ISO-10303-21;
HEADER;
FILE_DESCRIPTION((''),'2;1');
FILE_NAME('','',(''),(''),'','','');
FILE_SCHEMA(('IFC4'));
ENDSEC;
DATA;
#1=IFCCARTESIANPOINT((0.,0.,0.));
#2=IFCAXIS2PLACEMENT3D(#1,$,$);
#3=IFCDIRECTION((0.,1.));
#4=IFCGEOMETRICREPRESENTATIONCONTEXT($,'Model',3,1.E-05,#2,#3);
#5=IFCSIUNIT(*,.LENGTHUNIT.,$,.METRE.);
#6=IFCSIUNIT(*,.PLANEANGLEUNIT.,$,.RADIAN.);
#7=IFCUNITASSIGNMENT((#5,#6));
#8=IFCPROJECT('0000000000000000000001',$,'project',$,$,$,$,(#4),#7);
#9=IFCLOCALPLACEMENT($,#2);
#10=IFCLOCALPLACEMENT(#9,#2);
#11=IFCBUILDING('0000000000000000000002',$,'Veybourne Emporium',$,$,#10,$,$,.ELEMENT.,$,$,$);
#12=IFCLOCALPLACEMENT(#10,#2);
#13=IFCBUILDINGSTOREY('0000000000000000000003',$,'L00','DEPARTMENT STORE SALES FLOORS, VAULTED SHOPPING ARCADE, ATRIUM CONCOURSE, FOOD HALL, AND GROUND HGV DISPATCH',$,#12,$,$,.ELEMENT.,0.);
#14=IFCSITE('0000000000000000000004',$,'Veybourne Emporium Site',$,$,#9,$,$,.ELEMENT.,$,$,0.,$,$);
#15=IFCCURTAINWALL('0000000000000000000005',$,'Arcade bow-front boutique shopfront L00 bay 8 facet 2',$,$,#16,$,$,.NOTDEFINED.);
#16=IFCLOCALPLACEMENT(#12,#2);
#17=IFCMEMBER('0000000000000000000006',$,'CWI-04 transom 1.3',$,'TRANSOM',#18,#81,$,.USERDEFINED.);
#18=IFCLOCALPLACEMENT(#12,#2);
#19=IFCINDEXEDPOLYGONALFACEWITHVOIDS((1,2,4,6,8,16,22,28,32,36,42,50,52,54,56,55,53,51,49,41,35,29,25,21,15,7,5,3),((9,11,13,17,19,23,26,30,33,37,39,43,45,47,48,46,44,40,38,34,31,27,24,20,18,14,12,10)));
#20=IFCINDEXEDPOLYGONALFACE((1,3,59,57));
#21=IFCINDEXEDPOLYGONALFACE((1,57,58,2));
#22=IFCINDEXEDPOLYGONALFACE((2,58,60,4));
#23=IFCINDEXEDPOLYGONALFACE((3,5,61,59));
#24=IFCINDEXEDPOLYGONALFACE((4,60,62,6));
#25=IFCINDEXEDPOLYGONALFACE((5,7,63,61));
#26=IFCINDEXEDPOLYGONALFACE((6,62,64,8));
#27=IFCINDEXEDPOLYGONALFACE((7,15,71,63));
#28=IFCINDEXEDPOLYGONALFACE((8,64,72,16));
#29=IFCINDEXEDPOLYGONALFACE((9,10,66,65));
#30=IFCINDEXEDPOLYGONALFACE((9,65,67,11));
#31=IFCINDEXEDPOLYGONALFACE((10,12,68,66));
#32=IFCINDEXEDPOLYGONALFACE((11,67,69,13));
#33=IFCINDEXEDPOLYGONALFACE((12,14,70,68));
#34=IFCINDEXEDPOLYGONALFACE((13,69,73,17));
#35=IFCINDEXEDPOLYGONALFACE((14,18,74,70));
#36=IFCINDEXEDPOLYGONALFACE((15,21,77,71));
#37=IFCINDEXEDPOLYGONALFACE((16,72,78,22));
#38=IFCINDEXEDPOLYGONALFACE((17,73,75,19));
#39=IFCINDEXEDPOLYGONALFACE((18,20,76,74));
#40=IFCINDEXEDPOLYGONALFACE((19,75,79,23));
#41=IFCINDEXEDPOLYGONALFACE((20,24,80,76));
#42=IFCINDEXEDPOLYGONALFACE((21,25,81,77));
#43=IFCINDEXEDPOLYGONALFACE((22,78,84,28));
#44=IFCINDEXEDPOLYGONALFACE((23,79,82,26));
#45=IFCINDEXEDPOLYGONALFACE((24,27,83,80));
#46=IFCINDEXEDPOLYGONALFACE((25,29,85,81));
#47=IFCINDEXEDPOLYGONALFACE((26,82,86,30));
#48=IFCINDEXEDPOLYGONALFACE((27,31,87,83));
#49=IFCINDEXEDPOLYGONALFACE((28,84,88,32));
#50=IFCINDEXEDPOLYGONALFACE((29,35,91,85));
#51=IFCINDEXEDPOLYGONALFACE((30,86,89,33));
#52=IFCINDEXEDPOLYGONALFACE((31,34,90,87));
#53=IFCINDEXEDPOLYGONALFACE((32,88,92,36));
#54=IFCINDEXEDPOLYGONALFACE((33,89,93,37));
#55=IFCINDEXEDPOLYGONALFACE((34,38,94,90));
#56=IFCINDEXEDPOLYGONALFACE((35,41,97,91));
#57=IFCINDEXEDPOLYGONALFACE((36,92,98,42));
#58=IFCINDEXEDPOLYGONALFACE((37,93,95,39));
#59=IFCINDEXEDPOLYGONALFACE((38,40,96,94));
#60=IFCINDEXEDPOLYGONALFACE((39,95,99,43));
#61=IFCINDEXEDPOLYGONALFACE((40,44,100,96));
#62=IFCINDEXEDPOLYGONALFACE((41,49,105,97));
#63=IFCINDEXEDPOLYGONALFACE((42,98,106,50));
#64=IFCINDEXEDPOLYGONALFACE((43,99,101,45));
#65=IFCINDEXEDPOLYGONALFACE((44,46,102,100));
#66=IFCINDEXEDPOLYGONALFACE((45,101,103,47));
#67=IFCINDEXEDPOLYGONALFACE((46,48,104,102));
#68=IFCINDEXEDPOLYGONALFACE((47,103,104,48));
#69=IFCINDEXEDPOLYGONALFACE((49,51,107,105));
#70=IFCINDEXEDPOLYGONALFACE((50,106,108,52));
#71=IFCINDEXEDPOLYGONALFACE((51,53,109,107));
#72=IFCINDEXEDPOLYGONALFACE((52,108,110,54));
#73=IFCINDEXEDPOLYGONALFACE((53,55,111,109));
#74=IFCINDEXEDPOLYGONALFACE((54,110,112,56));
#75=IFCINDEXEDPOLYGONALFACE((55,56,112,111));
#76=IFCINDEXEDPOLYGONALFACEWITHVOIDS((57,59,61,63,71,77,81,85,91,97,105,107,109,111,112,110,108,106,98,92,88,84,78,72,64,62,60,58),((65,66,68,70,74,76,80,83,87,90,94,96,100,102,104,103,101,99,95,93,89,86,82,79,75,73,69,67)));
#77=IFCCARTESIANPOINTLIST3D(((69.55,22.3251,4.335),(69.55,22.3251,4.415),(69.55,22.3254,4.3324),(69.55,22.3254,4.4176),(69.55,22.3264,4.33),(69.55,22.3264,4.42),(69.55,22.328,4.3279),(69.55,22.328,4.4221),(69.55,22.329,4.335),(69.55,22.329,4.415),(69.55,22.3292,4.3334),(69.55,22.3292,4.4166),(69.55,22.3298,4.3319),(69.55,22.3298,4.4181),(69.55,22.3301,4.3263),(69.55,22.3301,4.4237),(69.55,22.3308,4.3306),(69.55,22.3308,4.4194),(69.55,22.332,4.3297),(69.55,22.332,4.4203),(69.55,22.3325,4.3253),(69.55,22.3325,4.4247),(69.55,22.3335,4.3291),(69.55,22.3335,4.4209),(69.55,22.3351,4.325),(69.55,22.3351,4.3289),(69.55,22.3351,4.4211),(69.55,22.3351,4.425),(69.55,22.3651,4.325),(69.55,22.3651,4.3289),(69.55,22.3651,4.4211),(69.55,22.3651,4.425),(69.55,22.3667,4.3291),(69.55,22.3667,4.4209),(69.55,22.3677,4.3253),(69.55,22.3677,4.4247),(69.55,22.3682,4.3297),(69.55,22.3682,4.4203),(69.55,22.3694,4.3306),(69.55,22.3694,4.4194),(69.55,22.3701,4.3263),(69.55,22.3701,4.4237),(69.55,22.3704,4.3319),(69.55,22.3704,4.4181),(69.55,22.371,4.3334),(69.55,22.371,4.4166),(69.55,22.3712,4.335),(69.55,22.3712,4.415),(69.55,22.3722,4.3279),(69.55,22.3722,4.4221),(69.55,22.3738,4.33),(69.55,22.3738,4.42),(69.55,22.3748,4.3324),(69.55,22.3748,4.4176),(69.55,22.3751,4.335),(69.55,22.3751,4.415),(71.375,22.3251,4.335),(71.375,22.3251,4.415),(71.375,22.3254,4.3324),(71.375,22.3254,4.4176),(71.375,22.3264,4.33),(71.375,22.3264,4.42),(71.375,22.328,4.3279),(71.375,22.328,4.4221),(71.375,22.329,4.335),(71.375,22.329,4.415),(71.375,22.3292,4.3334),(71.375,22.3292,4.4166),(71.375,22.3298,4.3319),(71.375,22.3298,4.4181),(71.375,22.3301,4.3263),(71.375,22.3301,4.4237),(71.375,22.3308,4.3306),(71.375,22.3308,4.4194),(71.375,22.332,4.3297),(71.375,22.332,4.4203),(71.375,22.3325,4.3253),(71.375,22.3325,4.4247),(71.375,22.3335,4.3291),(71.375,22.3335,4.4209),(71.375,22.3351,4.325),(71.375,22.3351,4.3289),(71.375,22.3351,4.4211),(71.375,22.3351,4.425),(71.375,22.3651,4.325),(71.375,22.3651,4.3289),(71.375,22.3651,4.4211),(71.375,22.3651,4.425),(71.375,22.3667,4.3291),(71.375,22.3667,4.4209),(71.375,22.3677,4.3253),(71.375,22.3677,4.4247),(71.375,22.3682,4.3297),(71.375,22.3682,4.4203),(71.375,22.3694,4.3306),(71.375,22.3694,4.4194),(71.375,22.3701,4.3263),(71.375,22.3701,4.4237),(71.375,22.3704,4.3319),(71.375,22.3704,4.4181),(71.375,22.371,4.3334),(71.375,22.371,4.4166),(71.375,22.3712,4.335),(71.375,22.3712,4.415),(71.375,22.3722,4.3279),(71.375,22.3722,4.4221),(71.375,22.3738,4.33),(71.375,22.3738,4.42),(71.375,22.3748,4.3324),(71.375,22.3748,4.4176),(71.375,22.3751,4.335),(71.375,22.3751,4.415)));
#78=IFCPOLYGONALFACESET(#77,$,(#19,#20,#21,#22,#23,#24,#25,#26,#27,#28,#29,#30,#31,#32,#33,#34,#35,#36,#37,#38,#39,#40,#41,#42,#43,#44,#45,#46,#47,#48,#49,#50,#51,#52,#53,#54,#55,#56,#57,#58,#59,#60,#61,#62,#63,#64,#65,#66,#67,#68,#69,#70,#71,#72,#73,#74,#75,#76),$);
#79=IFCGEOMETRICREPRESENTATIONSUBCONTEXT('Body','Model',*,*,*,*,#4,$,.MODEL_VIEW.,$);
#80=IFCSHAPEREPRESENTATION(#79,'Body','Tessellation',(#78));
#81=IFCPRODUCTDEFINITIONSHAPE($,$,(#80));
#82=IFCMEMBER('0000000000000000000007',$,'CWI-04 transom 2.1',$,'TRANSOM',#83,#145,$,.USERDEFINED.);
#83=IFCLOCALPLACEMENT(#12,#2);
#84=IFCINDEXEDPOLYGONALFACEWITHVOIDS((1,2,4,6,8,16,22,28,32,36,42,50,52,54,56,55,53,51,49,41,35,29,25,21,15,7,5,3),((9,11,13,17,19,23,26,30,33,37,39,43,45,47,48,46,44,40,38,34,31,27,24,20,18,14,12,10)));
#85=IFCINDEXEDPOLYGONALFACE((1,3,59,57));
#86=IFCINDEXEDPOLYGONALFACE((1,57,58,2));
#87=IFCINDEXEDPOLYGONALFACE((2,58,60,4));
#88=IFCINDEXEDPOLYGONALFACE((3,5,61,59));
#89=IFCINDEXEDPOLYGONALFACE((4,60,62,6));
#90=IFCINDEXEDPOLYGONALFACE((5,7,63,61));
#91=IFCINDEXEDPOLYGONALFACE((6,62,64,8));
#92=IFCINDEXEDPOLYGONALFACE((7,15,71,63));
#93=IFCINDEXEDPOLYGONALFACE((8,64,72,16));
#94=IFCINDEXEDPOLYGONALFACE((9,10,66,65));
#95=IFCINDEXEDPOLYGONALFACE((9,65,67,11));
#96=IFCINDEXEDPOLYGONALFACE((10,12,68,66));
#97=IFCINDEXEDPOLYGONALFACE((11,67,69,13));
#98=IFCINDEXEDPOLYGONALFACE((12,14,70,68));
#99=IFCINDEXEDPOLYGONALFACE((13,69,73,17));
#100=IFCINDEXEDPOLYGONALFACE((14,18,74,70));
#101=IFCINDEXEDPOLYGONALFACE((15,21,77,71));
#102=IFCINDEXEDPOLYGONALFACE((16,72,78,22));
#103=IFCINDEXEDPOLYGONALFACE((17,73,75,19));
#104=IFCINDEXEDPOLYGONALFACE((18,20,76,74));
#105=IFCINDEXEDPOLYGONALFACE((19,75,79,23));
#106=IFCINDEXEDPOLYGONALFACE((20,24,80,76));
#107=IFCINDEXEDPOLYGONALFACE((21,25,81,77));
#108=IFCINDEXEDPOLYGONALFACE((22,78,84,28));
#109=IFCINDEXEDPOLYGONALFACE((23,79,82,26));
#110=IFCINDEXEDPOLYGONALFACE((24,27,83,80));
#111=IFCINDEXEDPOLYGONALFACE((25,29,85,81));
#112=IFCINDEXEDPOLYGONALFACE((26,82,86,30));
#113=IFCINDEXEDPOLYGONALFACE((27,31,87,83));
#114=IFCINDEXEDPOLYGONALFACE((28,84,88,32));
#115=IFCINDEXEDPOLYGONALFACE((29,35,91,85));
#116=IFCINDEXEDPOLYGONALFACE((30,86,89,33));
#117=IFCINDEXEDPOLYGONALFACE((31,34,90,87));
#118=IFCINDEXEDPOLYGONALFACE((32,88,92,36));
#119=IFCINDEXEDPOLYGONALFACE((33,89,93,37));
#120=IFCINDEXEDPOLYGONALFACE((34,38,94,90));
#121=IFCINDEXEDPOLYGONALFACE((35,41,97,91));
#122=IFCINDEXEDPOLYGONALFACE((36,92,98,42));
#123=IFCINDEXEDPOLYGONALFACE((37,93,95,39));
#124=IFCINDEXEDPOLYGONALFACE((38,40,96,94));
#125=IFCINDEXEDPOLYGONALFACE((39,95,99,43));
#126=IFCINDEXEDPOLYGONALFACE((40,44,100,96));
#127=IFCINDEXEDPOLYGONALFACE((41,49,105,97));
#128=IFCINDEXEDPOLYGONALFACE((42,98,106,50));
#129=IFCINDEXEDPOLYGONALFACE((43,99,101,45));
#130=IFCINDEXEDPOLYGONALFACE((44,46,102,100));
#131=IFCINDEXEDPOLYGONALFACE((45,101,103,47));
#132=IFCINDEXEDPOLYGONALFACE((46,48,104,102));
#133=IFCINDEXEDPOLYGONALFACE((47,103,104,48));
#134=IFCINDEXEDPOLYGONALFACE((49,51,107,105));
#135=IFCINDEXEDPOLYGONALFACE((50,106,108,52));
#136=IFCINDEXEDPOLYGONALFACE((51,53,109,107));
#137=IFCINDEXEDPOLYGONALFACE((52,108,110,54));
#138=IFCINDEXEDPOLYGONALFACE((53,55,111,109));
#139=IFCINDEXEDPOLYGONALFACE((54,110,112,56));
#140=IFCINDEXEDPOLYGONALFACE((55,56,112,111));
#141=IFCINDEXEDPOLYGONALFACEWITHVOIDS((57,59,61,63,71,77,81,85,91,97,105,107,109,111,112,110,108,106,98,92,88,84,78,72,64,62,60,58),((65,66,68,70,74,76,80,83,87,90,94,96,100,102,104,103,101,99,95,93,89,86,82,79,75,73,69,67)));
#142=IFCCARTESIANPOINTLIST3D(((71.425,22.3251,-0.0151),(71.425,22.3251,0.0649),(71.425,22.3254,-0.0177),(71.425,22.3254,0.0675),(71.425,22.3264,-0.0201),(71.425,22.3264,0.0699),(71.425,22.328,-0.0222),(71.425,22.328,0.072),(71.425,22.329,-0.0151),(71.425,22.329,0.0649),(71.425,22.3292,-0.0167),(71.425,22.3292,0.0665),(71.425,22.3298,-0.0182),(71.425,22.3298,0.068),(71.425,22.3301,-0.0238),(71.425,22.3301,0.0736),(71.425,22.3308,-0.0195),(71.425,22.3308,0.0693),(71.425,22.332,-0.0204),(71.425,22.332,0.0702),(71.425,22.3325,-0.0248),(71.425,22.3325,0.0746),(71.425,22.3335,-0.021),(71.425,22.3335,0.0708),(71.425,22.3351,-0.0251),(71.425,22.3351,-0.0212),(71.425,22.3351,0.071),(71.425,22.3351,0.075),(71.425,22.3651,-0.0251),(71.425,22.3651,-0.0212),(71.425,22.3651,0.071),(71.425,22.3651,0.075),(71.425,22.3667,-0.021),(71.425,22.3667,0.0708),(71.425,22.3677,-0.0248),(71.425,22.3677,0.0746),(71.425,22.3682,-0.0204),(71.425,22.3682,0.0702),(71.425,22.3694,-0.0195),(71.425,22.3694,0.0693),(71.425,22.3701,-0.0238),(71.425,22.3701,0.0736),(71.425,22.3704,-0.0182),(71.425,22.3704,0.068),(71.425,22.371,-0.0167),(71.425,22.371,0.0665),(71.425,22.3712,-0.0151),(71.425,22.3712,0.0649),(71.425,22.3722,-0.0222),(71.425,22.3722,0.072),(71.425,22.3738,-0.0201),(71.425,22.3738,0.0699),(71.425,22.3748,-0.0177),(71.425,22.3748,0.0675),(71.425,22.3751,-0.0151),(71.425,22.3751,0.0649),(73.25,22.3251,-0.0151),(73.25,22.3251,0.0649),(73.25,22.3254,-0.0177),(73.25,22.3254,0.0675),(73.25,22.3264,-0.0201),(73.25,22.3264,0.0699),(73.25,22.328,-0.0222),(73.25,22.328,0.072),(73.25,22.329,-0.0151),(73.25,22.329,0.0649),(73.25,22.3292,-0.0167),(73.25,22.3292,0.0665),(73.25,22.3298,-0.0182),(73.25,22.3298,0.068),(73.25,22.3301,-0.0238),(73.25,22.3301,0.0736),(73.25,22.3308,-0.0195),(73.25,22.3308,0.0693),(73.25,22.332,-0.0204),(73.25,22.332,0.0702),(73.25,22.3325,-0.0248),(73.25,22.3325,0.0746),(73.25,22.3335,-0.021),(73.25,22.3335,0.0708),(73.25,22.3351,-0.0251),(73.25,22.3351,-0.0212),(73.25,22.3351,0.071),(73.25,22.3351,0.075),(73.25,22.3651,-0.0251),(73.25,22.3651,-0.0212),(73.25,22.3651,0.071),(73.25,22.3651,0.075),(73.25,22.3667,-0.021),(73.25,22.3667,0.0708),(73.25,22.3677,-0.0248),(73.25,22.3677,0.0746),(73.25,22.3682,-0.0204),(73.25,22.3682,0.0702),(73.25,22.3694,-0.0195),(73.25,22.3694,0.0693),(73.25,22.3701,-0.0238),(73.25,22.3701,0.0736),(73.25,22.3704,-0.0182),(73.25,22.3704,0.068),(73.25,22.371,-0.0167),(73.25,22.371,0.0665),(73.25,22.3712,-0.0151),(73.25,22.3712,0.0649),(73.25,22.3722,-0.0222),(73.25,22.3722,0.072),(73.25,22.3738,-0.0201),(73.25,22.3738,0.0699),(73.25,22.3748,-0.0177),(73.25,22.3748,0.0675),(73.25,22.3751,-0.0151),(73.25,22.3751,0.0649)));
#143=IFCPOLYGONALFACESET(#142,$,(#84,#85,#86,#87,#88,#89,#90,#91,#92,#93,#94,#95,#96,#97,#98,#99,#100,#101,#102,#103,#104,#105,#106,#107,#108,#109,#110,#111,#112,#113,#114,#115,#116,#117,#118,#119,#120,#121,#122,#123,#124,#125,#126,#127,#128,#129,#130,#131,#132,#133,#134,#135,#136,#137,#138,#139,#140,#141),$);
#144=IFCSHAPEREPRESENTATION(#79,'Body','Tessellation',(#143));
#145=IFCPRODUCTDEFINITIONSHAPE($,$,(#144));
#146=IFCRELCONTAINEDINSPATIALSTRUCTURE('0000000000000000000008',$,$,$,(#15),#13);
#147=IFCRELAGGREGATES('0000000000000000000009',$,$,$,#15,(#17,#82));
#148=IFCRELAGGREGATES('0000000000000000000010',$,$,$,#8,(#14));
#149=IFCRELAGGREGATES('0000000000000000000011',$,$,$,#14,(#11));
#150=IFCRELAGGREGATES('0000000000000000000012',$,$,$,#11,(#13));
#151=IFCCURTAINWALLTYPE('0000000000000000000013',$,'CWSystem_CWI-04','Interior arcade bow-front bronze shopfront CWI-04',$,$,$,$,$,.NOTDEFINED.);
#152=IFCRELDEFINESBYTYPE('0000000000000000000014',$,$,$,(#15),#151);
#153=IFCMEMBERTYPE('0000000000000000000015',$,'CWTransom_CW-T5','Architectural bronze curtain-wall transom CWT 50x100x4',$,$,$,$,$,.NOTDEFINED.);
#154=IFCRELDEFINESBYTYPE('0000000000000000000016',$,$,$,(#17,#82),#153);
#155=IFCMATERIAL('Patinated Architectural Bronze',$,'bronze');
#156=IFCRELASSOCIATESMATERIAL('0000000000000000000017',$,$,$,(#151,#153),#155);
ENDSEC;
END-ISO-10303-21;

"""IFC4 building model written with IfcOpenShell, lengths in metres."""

from ifc_helpers import new_model, si_unit, direction, frame, origin, origin_2d, place, context, subcontext, project, spatial, hollow_rectangle, extrude, material, material_profile, profile_set, type_object, element, aggregate, save


model = new_model("IFC4")

# Units and contexts
model_context = context("Model", 3, precision=1e-05, world=origin(), true_north=direction((0.0, 1.0)))
body_context = subcontext(model_context, "Body", "Model", "MODEL_VIEW")
ifc_project = project(units=[si_unit("LENGTHUNIT", "METRE"), si_unit("PLANEANGLEUNIT", "RADIAN")], contexts=[model_context])

# Site, building, storey
site_placement = place(None, origin())
site = spatial("IfcSite", under=ifc_project, at=site_placement, Name="Veybourne Emporium Site", CompositionType="ELEMENT", RefElevation=0.0)
building_placement = place(site_placement, origin())
building = spatial("IfcBuilding", under=site, at=building_placement, Name="Veybourne Emporium", CompositionType="ELEMENT")
storey_placement = place(building_placement, origin())
storey = spatial("IfcBuildingStorey", under=building, at=storey_placement, Name="L00", Description="DEPARTMENT STORE SALES FLOORS, VAULTED SHOPPING ARCADE, ATRIUM CONCOURSE, FOOD HALL, AND GROUND HGV DISPATCH", CompositionType="ELEMENT", Elevation=0.0)

# Shared definitions
ifc_material_1 = material(Name="Patinated Architectural Bronze", Category="bronze")

# Curtain wall
curtain_wall_type_1 = type_object("IfcCurtainWallType", Name="CWSystem_CWI-04", Description="Interior arcade bow-front bronze shopfront CWI-04", PredefinedType="NOTDEFINED", material=ifc_material_1)
curtain_wall_1_placement = place(storey_placement, origin())
curtain_wall_1 = element("IfcCurtainWall", 1, at=curtain_wall_1_placement, inside=storey, type_object=curtain_wall_type_1, Name="Arcade bow-front boutique shopfront L00 bay 8 facet 2", PredefinedType="NOTDEFINED")

# Members
ifc_material_profile_1 = material_profile(ifc_material_1, hollow_rectangle(XDim=0.05, YDim=0.1001, WallThickness=0.0039, InnerFilletRadius=0.0061, OuterFilletRadius=0.01, at=origin_2d()), Name="CWT 50x100x4")
ifc_profile_set_1 = profile_set([ifc_material_profile_1], Name="Patinated Architectural Bronze")
member_type_1 = type_object("IfcMemberType", Name="CWTransom_CW-T5", Description="Architectural bronze curtain-wall transom CWT 50x100x4", PredefinedType="NOTDEFINED", material=ifc_profile_set_1)
member_1_placement = place(storey_placement, frame((69.55, 22.3501, 4.375), z_axis=(1.0, 0.0, 0.0), x_axis=(0.0, 1.0, 0.0)))
member_1 = element("IfcMember", 2, at=member_1_placement, type_object=member_type_1, Name="CWI-04 transom 1.3", ObjectType="TRANSOM", PredefinedType="USERDEFINED", context=body_context, shape_type="SweptSolid", body=[
    extrude(hollow_rectangle(XDim=0.05, YDim=0.1001, WallThickness=0.0039, InnerFilletRadius=0.0061, OuterFilletRadius=0.01, at=origin_2d()), origin(), (0.0, 0.0, 1.0), 1.825),
])
member_2_placement = place(storey_placement, frame((71.425, 22.3501, 0.0249), z_axis=(1.0, 0.0, 0.0), x_axis=(0.0, 1.0, 0.0)))
member_2 = element("IfcMember", 3, at=member_2_placement, type_object=member_type_1, Name="CWI-04 transom 2.1", ObjectType="TRANSOM", PredefinedType="USERDEFINED", context=body_context, shape_type="SweptSolid", body=[
    extrude(hollow_rectangle(XDim=0.05, YDim=0.1001, WallThickness=0.0039, InnerFilletRadius=0.0061, OuterFilletRadius=0.01, at=origin_2d()), origin(), (0.0, 0.0, 1.0), 1.825),
])

aggregate(curtain_wall_1, [member_1, member_2])

save(model, "model.ifc")
